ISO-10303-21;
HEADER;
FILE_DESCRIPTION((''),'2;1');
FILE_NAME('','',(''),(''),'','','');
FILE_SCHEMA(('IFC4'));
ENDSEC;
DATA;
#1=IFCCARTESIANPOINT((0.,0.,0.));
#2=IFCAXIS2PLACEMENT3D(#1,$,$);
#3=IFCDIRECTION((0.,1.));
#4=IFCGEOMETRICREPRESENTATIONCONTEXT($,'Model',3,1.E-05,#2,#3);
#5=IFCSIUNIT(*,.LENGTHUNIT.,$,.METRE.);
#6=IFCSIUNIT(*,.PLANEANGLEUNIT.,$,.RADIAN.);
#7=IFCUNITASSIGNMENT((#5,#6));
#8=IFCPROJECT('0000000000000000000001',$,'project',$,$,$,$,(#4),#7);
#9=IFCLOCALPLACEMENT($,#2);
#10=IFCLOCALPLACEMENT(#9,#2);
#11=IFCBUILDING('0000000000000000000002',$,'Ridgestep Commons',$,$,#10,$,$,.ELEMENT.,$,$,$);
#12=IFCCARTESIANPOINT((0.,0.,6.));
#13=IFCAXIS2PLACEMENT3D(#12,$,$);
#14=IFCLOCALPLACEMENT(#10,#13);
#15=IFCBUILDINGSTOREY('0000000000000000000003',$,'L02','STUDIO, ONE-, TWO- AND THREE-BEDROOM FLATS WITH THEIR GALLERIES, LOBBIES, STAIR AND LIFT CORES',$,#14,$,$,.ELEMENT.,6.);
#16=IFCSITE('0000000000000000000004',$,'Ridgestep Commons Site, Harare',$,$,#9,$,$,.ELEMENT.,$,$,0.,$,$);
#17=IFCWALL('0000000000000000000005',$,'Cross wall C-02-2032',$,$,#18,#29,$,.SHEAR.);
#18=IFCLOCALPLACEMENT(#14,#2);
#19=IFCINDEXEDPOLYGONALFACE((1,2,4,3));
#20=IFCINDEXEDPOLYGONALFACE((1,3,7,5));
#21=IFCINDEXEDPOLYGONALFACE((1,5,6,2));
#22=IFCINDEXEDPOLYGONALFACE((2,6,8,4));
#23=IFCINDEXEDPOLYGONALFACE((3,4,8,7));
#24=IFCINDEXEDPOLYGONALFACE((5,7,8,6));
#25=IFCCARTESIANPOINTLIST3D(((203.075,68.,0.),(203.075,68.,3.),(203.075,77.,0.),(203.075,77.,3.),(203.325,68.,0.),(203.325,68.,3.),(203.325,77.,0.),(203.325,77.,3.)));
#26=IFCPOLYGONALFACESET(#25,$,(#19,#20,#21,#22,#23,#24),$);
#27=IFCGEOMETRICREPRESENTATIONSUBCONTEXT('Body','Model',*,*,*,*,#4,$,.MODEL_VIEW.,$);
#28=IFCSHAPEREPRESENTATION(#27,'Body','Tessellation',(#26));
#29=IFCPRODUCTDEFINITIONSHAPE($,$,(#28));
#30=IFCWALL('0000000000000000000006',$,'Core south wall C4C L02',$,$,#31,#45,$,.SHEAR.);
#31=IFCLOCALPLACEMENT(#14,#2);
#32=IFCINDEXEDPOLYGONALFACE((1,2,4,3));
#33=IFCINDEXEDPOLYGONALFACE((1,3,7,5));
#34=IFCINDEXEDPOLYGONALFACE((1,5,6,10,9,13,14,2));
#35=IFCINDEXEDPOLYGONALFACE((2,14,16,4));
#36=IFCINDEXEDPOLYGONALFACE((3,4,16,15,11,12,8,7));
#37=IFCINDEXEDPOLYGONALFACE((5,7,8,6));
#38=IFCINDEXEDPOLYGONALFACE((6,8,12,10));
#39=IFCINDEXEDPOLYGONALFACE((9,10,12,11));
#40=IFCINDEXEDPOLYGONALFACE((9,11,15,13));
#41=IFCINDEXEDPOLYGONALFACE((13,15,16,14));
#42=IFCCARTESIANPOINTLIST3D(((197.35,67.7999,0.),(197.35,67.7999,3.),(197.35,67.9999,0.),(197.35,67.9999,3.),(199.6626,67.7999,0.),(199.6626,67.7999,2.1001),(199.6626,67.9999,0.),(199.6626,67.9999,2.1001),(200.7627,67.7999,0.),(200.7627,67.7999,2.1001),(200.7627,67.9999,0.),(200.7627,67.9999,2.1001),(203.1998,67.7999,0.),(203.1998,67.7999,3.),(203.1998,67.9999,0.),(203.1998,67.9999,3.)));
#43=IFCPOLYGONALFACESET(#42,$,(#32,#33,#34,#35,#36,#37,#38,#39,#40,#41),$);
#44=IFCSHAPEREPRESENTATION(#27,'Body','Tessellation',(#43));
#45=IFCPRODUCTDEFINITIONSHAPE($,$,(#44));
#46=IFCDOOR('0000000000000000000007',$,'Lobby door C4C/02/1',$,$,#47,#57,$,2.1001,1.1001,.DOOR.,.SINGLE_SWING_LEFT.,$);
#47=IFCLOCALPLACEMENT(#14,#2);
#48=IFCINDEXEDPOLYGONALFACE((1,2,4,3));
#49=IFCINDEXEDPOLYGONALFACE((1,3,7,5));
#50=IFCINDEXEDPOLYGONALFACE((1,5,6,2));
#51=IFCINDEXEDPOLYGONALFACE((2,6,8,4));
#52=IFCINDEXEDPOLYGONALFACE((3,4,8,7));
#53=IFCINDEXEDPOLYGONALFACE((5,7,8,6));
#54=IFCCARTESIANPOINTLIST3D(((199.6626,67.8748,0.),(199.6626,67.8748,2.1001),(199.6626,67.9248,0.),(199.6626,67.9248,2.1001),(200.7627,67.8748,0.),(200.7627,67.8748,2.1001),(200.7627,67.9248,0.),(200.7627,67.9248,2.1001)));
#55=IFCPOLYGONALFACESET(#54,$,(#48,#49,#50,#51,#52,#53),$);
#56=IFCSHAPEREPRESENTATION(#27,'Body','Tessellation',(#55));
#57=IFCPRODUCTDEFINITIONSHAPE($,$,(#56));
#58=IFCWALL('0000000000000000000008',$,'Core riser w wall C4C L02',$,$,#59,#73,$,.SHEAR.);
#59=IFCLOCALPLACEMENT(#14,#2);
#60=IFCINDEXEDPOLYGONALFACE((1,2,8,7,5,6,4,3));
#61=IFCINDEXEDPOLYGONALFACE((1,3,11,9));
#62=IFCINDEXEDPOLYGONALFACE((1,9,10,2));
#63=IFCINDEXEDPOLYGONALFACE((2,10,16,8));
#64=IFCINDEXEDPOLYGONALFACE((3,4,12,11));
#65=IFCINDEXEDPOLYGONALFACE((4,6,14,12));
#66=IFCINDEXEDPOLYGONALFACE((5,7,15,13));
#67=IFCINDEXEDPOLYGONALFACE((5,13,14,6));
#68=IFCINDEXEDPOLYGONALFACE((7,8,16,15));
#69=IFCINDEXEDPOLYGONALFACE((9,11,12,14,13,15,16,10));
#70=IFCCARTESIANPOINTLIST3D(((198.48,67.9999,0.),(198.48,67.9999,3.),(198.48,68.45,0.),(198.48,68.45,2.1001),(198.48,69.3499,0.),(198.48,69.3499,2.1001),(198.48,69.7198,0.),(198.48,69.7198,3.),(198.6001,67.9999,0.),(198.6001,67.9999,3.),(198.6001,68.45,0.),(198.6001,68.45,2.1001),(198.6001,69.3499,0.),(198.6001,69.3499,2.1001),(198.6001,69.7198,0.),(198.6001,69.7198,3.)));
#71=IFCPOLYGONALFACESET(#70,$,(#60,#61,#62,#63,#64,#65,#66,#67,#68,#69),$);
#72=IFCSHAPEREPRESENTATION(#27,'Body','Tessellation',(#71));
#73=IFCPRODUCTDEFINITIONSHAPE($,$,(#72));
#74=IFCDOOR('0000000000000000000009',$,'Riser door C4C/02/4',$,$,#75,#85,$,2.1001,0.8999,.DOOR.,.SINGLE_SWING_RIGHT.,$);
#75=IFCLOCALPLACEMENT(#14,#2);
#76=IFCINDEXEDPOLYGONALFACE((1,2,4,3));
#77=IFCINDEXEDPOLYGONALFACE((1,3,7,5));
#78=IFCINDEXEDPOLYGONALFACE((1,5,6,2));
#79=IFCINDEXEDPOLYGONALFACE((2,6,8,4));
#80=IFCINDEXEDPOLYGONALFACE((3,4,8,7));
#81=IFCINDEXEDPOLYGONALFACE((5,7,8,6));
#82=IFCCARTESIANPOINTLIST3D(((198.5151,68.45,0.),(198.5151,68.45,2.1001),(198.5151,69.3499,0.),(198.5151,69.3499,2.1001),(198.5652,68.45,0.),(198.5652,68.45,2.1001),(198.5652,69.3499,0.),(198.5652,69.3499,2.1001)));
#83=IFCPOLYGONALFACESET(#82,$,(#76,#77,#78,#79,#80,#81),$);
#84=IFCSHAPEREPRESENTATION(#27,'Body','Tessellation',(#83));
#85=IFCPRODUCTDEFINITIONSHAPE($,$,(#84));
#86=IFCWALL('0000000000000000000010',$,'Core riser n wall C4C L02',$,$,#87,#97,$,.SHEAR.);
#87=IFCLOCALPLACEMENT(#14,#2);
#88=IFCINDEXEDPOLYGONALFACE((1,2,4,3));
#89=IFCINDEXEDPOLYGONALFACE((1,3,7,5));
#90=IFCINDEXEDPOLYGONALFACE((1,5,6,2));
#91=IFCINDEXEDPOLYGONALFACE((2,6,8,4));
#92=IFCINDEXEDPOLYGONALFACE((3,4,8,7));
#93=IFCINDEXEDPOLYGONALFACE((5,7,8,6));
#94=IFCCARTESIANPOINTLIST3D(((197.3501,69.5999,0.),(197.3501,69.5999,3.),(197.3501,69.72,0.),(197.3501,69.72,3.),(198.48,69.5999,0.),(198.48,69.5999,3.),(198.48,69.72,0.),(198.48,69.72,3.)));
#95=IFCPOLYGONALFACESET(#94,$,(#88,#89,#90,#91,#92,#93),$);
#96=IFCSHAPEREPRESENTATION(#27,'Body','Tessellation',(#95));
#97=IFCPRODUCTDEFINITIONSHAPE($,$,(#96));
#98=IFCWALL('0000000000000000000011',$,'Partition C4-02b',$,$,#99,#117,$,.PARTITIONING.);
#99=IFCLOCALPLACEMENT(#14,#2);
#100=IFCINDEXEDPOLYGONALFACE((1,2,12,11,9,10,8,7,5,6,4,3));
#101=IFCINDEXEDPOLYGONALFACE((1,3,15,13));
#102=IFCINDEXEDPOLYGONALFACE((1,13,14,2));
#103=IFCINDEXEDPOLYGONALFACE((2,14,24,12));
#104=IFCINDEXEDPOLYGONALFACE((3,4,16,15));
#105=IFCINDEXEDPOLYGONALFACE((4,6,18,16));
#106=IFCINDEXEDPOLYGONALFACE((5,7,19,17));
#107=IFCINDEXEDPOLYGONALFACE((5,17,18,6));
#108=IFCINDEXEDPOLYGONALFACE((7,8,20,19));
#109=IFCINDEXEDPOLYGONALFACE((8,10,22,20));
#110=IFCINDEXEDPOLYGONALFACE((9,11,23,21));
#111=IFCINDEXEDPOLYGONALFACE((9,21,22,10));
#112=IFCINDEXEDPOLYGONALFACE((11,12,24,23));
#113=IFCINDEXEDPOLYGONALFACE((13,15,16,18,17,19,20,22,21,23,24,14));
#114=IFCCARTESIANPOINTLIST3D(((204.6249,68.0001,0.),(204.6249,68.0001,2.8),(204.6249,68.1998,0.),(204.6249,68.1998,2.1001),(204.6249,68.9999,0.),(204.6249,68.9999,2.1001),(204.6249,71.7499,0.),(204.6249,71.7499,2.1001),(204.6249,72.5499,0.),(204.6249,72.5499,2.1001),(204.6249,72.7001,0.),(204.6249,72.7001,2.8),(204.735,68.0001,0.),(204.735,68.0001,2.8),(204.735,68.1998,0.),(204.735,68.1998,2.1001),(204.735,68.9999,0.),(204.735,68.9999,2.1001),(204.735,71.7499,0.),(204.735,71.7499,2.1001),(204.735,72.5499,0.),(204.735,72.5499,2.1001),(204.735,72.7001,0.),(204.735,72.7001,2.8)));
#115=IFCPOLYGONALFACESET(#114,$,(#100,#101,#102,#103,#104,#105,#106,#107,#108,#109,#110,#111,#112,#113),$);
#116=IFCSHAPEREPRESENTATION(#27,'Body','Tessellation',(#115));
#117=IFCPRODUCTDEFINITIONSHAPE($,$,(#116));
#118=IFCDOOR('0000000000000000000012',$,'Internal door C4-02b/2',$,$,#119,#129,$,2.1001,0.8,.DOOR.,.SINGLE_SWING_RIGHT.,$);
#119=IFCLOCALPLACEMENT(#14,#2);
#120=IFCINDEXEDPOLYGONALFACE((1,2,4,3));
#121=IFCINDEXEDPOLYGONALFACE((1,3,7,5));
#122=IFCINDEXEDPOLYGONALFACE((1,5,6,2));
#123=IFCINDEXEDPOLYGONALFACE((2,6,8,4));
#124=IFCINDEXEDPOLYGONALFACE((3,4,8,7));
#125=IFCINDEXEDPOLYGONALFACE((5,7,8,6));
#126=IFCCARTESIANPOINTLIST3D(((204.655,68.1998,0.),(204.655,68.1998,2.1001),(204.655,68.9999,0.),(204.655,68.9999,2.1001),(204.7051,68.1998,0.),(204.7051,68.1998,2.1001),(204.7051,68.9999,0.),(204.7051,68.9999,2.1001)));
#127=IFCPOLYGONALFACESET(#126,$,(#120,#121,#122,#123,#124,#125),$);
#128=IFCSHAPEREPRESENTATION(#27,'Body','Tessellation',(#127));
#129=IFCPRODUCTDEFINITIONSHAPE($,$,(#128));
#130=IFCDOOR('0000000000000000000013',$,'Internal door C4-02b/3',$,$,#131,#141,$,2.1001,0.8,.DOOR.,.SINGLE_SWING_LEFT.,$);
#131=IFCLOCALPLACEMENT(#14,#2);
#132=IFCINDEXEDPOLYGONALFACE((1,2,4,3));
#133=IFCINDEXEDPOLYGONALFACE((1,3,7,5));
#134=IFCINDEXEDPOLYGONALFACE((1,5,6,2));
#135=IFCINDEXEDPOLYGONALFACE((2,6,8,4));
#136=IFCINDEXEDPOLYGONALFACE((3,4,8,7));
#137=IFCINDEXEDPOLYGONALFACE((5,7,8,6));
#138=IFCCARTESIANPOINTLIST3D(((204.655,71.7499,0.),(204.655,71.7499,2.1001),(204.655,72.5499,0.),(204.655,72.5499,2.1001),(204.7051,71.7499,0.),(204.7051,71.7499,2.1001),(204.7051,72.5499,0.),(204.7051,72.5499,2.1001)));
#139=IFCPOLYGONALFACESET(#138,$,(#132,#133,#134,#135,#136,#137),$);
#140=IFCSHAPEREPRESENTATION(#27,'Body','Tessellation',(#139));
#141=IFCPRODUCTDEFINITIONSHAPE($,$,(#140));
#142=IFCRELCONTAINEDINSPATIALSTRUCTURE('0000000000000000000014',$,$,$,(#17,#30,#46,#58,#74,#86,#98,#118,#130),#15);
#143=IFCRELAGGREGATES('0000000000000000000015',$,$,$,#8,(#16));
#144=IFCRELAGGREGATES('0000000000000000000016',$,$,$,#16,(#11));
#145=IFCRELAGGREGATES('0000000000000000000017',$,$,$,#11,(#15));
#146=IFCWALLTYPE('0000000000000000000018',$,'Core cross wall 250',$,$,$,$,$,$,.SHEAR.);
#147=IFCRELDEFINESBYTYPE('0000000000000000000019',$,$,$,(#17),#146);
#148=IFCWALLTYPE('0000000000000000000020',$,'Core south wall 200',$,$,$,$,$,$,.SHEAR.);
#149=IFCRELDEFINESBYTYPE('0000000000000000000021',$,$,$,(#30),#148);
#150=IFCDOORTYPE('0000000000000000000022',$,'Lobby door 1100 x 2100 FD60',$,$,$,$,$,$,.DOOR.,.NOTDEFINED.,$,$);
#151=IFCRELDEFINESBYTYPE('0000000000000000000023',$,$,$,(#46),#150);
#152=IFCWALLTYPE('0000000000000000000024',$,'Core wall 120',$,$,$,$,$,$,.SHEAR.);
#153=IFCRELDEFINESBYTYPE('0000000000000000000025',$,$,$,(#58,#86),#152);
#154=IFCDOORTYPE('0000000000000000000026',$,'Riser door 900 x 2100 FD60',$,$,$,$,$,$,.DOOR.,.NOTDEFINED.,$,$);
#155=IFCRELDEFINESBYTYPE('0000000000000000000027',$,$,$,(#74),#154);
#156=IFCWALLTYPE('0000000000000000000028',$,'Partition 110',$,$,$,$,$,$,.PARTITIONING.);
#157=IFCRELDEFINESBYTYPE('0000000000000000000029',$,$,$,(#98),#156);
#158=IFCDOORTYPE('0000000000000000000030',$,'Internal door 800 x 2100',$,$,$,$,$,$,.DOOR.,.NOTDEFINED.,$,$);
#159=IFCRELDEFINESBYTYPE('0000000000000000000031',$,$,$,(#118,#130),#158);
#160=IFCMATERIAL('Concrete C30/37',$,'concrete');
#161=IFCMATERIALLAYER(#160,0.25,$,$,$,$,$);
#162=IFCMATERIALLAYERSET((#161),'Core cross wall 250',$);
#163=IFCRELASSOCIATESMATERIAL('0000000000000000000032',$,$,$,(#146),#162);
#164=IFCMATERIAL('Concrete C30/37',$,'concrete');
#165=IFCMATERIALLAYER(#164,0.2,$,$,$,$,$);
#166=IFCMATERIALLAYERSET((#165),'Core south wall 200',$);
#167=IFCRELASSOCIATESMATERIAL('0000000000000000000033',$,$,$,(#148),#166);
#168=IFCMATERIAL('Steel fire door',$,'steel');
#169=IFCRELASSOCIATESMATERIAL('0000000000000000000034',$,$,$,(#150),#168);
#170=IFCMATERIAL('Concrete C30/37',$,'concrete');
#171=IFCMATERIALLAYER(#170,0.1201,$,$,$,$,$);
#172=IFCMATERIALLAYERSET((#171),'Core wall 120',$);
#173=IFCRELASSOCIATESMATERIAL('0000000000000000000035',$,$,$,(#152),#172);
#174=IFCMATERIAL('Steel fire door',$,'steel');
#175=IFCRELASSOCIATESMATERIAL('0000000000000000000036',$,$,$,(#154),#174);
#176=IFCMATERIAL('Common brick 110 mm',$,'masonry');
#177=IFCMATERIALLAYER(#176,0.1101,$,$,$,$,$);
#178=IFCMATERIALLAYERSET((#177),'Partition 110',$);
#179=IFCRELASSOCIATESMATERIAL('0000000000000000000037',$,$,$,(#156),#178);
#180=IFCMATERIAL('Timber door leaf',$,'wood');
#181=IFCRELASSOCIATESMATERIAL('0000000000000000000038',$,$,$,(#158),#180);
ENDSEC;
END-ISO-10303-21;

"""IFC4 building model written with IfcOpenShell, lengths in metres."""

from ifc_helpers import new_model, si_unit, direction, frame, frame_2d, origin, place, context, subcontext, project, spatial, rectangle, extrude, material, layer, layer_set, type_object, element, fill, save


model = new_model("IFC4")

# Units and contexts
model_context = context("Model", 3, precision=1e-05, world=origin(), true_north=direction((0.0, 1.0)))
body_context = subcontext(model_context, "Body", "Model", "MODEL_VIEW")
ifc_project = project(units=[si_unit("LENGTHUNIT", "METRE"), si_unit("PLANEANGLEUNIT", "RADIAN")], contexts=[model_context])

# Site, building, storey
site_placement = place(None, origin())
site = spatial("IfcSite", under=ifc_project, at=site_placement, Name="Ridgestep Commons Site, Harare", CompositionType="ELEMENT", RefElevation=0.0)
building_placement = place(site_placement, origin())
building = spatial("IfcBuilding", under=site, at=building_placement, Name="Ridgestep Commons", CompositionType="ELEMENT")
storey_placement = place(building_placement, frame((0.0, 0.0, 6.0)))
storey = spatial("IfcBuildingStorey", under=building, at=storey_placement, Name="L02", Description="STUDIO, ONE-, TWO- AND THREE-BEDROOM FLATS WITH THEIR GALLERIES, LOBBIES, STAIR AND LIFT CORES", CompositionType="ELEMENT", Elevation=6.0)

# Wall
ifc_material_1 = material(Name="Concrete C30/37", Category="concrete")
ifc_layer_1 = layer(ifc_material_1, 0.25)
ifc_layer_set_1 = layer_set([ifc_layer_1], Name="Core cross wall 250")
wall_type_1 = type_object("IfcWallType", Name="Core cross wall 250", PredefinedType="SHEAR", material=ifc_layer_set_1)
wall_1_placement = place(storey_placement, frame((203.2, 68.0, 0.0), z_axis=(0.0, 0.0, 1.0), x_axis=(0.0, 1.0, 0.0)))
element("IfcWall", 1, at=wall_1_placement, inside=storey, type_object=wall_type_1, Name="Cross wall C-02-2032", PredefinedType="SHEAR", context=body_context, shape_type="SweptSolid", body=[
    extrude(rectangle(XDim=9.0, YDim=0.25, at=frame_2d((4.5, 0.0))), origin(), (0.0, 0.0, 1.0), 3.0),
])

# Walls, openings, doors
ifc_material_2 = material(Name="Concrete C30/37", Category="concrete")
ifc_layer_2 = layer(ifc_material_2, 0.2)
ifc_layer_set_2 = layer_set([ifc_layer_2], Name="Core south wall 200")
wall_type_2 = type_object("IfcWallType", Name="Core south wall 200", PredefinedType="SHEAR", material=ifc_layer_set_2)
wall_2_placement = place(storey_placement, frame((197.3501, 67.8999, 0.0), z_axis=(0.0, 0.0, 1.0), x_axis=(1.0, 0.0, 0.0)))
wall_2 = element("IfcWall", 2, at=wall_2_placement, inside=storey, type_object=wall_type_2, Name="Core south wall C4C L02", PredefinedType="SHEAR", context=body_context, shape_type="SweptSolid", body=[
    extrude(rectangle(XDim=5.8499, YDim=0.2, at=frame_2d((2.9248, 0.0))), origin(), (0.0, 0.0, 1.0), 3.0),
])
opening_1_placement = place(wall_2_placement, frame((2.3125, 0.0, 0.0)))
opening_1 = element("IfcOpeningElement", 3, at=opening_1_placement, cuts=wall_2, PredefinedType="OPENING", context=body_context, shape_type="SweptSolid", body=[
    extrude(rectangle(XDim=1.1001, YDim=2.1001, at=frame_2d((0.55, 1.05))), frame((0.0, 0.1099, 0.0), z_axis=(0.0, -1.0, 0.0), x_axis=(1.0, 0.0, 0.0)), (0.0, 0.0, 1.0), 0.22),
])
ifc_material_3 = material(Name="Steel fire door", Category="steel")
door_type_1 = type_object("IfcDoorType", Name="Lobby door 1100 x 2100 FD60", OperationType="NOTDEFINED", PredefinedType="DOOR", material=ifc_material_3)
door_1_placement = place(opening_1_placement, origin())
door_1 = element("IfcDoor", 4, at=door_1_placement, inside=storey, type_object=door_type_1, Name="Lobby door C4C/02/1", OperationType="SINGLE_SWING_LEFT", OverallHeight=2.1001, OverallWidth=1.1001, PredefinedType="DOOR", context=body_context, shape_type="SweptSolid", body=[
    extrude(rectangle(XDim=1.1001, YDim=2.1001, at=frame_2d((0.55, 1.05))), frame((0.0, 0.0249, 0.0), z_axis=(0.0, -1.0, 0.0), x_axis=(1.0, 0.0, 0.0)), (0.0, 0.0, 1.0), 0.05),
])
fill(opening_1, door_1)
ifc_material_4 = material(Name="Concrete C30/37", Category="concrete")
ifc_layer_3 = layer(ifc_material_4, 0.1201)
ifc_layer_set_3 = layer_set([ifc_layer_3], Name="Core wall 120")
wall_type_3 = type_object("IfcWallType", Name="Core wall 120", PredefinedType="SHEAR", material=ifc_layer_set_3)
wall_3_placement = place(storey_placement, frame((198.54, 68.0, 0.0), z_axis=(0.0, 0.0, 1.0), x_axis=(0.0, 1.0, 0.0)))
wall_3 = element("IfcWall", 5, at=wall_3_placement, inside=storey, type_object=wall_type_3, Name="Core riser w wall C4C L02", PredefinedType="SHEAR", context=body_context, shape_type="SweptSolid", body=[
    extrude(rectangle(XDim=1.72, YDim=0.1201, at=frame_2d((0.8599, 0.0))), origin(), (0.0, 0.0, 1.0), 3.0),
])
opening_2_placement = place(wall_3_placement, frame((0.45, 0.0, 0.0)))
opening_2 = element("IfcOpeningElement", 6, at=opening_2_placement, cuts=wall_3, PredefinedType="OPENING", context=body_context, shape_type="SweptSolid", body=[
    extrude(rectangle(XDim=0.8999, YDim=2.1001, at=frame_2d((0.45, 1.05))), frame((0.0, 0.0701, 0.0), z_axis=(0.0, -1.0, 0.0), x_axis=(1.0, 0.0, 0.0)), (0.0, 0.0, 1.0), 0.1401),
])
ifc_material_5 = material(Name="Steel fire door", Category="steel")
door_type_2 = type_object("IfcDoorType", Name="Riser door 900 x 2100 FD60", OperationType="NOTDEFINED", PredefinedType="DOOR", material=ifc_material_5)
door_2_placement = place(opening_2_placement, origin())
door_2 = element("IfcDoor", 7, at=door_2_placement, inside=storey, type_object=door_type_2, Name="Riser door C4C/02/4", OperationType="SINGLE_SWING_RIGHT", OverallHeight=2.1001, OverallWidth=0.8999, PredefinedType="DOOR", context=body_context, shape_type="SweptSolid", body=[
    extrude(rectangle(XDim=0.8999, YDim=2.1001, at=frame_2d((0.45, 1.05))), frame((0.0, 0.0249, 0.0), z_axis=(0.0, -1.0, 0.0), x_axis=(1.0, 0.0, 0.0)), (0.0, 0.0, 1.0), 0.05),
])
fill(opening_2, door_2)

# Wall
wall_4_placement = place(storey_placement, frame((197.3501, 69.6599, 0.0), z_axis=(0.0, 0.0, 1.0), x_axis=(1.0, 0.0, 0.0)))
element("IfcWall", 8, at=wall_4_placement, inside=storey, type_object=wall_type_3, Name="Core riser n wall C4C L02", PredefinedType="SHEAR", context=body_context, shape_type="SweptSolid", body=[
    extrude(rectangle(XDim=1.1299, YDim=0.1201, at=frame_2d((0.5649, 0.0))), origin(), (0.0, 0.0, 1.0), 3.0),
])

# Wall, openings, doors
ifc_material_6 = material(Name="Common brick 110 mm", Category="masonry")
ifc_layer_4 = layer(ifc_material_6, 0.1101)
ifc_layer_set_4 = layer_set([ifc_layer_4], Name="Partition 110")
wall_type_4 = type_object("IfcWallType", Name="Partition 110", PredefinedType="PARTITIONING", material=ifc_layer_set_4)
wall_5_placement = place(storey_placement, frame((204.6799, 68.0, 0.0), z_axis=(0.0, 0.0, 1.0), x_axis=(0.0, 1.0, 0.0)))
wall_5 = element("IfcWall", 9, at=wall_5_placement, inside=storey, type_object=wall_type_4, Name="Partition C4-02b", PredefinedType="PARTITIONING", context=body_context, shape_type="SweptSolid", body=[
    extrude(rectangle(XDim=4.7, YDim=0.1101, at=frame_2d((2.3501, 0.0))), origin(), (0.0, 0.0, 1.0), 2.8),
])
opening_3_placement = place(wall_5_placement, frame((0.2, 0.0, 0.0)))
opening_3 = element("IfcOpeningElement", 10, at=opening_3_placement, cuts=wall_5, PredefinedType="OPENING", context=body_context, shape_type="SweptSolid", body=[
    extrude(rectangle(XDim=0.8, YDim=2.1001, at=frame_2d((0.3999, 1.05))), frame((0.0, 0.0649, 0.0), z_axis=(0.0, -1.0, 0.0), x_axis=(1.0, 0.0, 0.0)), (0.0, 0.0, 1.0), 0.1301),
])
opening_4_placement = place(wall_5_placement, frame((3.75, 0.0, 0.0)))
opening_4 = element("IfcOpeningElement", 11, at=opening_4_placement, cuts=wall_5, PredefinedType="OPENING", context=body_context, shape_type="SweptSolid", body=[
    extrude(rectangle(XDim=0.8, YDim=2.1001, at=frame_2d((0.3999, 1.05))), frame((0.0, 0.0649, 0.0), z_axis=(0.0, -1.0, 0.0), x_axis=(1.0, 0.0, 0.0)), (0.0, 0.0, 1.0), 0.1301),
])
ifc_material_7 = material(Name="Timber door leaf", Category="wood")
door_type_3 = type_object("IfcDoorType", Name="Internal door 800 x 2100", OperationType="NOTDEFINED", PredefinedType="DOOR", material=ifc_material_7)
door_3_placement = place(opening_3_placement, origin())
door_3 = element("IfcDoor", 12, at=door_3_placement, inside=storey, type_object=door_type_3, Name="Internal door C4-02b/2", OperationType="SINGLE_SWING_RIGHT", OverallHeight=2.1001, OverallWidth=0.8, PredefinedType="DOOR", context=body_context, shape_type="SweptSolid", body=[
    extrude(rectangle(XDim=0.8, YDim=2.1001, at=frame_2d((0.3999, 1.05))), frame((0.0, 0.0249, 0.0), z_axis=(0.0, -1.0, 0.0), x_axis=(1.0, 0.0, 0.0)), (0.0, 0.0, 1.0), 0.05),
])
fill(opening_3, door_3)
door_4_placement = place(opening_4_placement, origin())
door_4 = element("IfcDoor", 13, at=door_4_placement, inside=storey, type_object=door_type_3, Name="Internal door C4-02b/3", OperationType="SINGLE_SWING_LEFT", OverallHeight=2.1001, OverallWidth=0.8, PredefinedType="DOOR", context=body_context, shape_type="SweptSolid", body=[
    extrude(rectangle(XDim=0.8, YDim=2.1001, at=frame_2d((0.3999, 1.05))), frame((0.0, 0.0249, 0.0), z_axis=(0.0, -1.0, 0.0), x_axis=(1.0, 0.0, 0.0)), (0.0, 0.0, 1.0), 0.05),
])
fill(opening_4, door_4)

save(model, "model.ifc")
